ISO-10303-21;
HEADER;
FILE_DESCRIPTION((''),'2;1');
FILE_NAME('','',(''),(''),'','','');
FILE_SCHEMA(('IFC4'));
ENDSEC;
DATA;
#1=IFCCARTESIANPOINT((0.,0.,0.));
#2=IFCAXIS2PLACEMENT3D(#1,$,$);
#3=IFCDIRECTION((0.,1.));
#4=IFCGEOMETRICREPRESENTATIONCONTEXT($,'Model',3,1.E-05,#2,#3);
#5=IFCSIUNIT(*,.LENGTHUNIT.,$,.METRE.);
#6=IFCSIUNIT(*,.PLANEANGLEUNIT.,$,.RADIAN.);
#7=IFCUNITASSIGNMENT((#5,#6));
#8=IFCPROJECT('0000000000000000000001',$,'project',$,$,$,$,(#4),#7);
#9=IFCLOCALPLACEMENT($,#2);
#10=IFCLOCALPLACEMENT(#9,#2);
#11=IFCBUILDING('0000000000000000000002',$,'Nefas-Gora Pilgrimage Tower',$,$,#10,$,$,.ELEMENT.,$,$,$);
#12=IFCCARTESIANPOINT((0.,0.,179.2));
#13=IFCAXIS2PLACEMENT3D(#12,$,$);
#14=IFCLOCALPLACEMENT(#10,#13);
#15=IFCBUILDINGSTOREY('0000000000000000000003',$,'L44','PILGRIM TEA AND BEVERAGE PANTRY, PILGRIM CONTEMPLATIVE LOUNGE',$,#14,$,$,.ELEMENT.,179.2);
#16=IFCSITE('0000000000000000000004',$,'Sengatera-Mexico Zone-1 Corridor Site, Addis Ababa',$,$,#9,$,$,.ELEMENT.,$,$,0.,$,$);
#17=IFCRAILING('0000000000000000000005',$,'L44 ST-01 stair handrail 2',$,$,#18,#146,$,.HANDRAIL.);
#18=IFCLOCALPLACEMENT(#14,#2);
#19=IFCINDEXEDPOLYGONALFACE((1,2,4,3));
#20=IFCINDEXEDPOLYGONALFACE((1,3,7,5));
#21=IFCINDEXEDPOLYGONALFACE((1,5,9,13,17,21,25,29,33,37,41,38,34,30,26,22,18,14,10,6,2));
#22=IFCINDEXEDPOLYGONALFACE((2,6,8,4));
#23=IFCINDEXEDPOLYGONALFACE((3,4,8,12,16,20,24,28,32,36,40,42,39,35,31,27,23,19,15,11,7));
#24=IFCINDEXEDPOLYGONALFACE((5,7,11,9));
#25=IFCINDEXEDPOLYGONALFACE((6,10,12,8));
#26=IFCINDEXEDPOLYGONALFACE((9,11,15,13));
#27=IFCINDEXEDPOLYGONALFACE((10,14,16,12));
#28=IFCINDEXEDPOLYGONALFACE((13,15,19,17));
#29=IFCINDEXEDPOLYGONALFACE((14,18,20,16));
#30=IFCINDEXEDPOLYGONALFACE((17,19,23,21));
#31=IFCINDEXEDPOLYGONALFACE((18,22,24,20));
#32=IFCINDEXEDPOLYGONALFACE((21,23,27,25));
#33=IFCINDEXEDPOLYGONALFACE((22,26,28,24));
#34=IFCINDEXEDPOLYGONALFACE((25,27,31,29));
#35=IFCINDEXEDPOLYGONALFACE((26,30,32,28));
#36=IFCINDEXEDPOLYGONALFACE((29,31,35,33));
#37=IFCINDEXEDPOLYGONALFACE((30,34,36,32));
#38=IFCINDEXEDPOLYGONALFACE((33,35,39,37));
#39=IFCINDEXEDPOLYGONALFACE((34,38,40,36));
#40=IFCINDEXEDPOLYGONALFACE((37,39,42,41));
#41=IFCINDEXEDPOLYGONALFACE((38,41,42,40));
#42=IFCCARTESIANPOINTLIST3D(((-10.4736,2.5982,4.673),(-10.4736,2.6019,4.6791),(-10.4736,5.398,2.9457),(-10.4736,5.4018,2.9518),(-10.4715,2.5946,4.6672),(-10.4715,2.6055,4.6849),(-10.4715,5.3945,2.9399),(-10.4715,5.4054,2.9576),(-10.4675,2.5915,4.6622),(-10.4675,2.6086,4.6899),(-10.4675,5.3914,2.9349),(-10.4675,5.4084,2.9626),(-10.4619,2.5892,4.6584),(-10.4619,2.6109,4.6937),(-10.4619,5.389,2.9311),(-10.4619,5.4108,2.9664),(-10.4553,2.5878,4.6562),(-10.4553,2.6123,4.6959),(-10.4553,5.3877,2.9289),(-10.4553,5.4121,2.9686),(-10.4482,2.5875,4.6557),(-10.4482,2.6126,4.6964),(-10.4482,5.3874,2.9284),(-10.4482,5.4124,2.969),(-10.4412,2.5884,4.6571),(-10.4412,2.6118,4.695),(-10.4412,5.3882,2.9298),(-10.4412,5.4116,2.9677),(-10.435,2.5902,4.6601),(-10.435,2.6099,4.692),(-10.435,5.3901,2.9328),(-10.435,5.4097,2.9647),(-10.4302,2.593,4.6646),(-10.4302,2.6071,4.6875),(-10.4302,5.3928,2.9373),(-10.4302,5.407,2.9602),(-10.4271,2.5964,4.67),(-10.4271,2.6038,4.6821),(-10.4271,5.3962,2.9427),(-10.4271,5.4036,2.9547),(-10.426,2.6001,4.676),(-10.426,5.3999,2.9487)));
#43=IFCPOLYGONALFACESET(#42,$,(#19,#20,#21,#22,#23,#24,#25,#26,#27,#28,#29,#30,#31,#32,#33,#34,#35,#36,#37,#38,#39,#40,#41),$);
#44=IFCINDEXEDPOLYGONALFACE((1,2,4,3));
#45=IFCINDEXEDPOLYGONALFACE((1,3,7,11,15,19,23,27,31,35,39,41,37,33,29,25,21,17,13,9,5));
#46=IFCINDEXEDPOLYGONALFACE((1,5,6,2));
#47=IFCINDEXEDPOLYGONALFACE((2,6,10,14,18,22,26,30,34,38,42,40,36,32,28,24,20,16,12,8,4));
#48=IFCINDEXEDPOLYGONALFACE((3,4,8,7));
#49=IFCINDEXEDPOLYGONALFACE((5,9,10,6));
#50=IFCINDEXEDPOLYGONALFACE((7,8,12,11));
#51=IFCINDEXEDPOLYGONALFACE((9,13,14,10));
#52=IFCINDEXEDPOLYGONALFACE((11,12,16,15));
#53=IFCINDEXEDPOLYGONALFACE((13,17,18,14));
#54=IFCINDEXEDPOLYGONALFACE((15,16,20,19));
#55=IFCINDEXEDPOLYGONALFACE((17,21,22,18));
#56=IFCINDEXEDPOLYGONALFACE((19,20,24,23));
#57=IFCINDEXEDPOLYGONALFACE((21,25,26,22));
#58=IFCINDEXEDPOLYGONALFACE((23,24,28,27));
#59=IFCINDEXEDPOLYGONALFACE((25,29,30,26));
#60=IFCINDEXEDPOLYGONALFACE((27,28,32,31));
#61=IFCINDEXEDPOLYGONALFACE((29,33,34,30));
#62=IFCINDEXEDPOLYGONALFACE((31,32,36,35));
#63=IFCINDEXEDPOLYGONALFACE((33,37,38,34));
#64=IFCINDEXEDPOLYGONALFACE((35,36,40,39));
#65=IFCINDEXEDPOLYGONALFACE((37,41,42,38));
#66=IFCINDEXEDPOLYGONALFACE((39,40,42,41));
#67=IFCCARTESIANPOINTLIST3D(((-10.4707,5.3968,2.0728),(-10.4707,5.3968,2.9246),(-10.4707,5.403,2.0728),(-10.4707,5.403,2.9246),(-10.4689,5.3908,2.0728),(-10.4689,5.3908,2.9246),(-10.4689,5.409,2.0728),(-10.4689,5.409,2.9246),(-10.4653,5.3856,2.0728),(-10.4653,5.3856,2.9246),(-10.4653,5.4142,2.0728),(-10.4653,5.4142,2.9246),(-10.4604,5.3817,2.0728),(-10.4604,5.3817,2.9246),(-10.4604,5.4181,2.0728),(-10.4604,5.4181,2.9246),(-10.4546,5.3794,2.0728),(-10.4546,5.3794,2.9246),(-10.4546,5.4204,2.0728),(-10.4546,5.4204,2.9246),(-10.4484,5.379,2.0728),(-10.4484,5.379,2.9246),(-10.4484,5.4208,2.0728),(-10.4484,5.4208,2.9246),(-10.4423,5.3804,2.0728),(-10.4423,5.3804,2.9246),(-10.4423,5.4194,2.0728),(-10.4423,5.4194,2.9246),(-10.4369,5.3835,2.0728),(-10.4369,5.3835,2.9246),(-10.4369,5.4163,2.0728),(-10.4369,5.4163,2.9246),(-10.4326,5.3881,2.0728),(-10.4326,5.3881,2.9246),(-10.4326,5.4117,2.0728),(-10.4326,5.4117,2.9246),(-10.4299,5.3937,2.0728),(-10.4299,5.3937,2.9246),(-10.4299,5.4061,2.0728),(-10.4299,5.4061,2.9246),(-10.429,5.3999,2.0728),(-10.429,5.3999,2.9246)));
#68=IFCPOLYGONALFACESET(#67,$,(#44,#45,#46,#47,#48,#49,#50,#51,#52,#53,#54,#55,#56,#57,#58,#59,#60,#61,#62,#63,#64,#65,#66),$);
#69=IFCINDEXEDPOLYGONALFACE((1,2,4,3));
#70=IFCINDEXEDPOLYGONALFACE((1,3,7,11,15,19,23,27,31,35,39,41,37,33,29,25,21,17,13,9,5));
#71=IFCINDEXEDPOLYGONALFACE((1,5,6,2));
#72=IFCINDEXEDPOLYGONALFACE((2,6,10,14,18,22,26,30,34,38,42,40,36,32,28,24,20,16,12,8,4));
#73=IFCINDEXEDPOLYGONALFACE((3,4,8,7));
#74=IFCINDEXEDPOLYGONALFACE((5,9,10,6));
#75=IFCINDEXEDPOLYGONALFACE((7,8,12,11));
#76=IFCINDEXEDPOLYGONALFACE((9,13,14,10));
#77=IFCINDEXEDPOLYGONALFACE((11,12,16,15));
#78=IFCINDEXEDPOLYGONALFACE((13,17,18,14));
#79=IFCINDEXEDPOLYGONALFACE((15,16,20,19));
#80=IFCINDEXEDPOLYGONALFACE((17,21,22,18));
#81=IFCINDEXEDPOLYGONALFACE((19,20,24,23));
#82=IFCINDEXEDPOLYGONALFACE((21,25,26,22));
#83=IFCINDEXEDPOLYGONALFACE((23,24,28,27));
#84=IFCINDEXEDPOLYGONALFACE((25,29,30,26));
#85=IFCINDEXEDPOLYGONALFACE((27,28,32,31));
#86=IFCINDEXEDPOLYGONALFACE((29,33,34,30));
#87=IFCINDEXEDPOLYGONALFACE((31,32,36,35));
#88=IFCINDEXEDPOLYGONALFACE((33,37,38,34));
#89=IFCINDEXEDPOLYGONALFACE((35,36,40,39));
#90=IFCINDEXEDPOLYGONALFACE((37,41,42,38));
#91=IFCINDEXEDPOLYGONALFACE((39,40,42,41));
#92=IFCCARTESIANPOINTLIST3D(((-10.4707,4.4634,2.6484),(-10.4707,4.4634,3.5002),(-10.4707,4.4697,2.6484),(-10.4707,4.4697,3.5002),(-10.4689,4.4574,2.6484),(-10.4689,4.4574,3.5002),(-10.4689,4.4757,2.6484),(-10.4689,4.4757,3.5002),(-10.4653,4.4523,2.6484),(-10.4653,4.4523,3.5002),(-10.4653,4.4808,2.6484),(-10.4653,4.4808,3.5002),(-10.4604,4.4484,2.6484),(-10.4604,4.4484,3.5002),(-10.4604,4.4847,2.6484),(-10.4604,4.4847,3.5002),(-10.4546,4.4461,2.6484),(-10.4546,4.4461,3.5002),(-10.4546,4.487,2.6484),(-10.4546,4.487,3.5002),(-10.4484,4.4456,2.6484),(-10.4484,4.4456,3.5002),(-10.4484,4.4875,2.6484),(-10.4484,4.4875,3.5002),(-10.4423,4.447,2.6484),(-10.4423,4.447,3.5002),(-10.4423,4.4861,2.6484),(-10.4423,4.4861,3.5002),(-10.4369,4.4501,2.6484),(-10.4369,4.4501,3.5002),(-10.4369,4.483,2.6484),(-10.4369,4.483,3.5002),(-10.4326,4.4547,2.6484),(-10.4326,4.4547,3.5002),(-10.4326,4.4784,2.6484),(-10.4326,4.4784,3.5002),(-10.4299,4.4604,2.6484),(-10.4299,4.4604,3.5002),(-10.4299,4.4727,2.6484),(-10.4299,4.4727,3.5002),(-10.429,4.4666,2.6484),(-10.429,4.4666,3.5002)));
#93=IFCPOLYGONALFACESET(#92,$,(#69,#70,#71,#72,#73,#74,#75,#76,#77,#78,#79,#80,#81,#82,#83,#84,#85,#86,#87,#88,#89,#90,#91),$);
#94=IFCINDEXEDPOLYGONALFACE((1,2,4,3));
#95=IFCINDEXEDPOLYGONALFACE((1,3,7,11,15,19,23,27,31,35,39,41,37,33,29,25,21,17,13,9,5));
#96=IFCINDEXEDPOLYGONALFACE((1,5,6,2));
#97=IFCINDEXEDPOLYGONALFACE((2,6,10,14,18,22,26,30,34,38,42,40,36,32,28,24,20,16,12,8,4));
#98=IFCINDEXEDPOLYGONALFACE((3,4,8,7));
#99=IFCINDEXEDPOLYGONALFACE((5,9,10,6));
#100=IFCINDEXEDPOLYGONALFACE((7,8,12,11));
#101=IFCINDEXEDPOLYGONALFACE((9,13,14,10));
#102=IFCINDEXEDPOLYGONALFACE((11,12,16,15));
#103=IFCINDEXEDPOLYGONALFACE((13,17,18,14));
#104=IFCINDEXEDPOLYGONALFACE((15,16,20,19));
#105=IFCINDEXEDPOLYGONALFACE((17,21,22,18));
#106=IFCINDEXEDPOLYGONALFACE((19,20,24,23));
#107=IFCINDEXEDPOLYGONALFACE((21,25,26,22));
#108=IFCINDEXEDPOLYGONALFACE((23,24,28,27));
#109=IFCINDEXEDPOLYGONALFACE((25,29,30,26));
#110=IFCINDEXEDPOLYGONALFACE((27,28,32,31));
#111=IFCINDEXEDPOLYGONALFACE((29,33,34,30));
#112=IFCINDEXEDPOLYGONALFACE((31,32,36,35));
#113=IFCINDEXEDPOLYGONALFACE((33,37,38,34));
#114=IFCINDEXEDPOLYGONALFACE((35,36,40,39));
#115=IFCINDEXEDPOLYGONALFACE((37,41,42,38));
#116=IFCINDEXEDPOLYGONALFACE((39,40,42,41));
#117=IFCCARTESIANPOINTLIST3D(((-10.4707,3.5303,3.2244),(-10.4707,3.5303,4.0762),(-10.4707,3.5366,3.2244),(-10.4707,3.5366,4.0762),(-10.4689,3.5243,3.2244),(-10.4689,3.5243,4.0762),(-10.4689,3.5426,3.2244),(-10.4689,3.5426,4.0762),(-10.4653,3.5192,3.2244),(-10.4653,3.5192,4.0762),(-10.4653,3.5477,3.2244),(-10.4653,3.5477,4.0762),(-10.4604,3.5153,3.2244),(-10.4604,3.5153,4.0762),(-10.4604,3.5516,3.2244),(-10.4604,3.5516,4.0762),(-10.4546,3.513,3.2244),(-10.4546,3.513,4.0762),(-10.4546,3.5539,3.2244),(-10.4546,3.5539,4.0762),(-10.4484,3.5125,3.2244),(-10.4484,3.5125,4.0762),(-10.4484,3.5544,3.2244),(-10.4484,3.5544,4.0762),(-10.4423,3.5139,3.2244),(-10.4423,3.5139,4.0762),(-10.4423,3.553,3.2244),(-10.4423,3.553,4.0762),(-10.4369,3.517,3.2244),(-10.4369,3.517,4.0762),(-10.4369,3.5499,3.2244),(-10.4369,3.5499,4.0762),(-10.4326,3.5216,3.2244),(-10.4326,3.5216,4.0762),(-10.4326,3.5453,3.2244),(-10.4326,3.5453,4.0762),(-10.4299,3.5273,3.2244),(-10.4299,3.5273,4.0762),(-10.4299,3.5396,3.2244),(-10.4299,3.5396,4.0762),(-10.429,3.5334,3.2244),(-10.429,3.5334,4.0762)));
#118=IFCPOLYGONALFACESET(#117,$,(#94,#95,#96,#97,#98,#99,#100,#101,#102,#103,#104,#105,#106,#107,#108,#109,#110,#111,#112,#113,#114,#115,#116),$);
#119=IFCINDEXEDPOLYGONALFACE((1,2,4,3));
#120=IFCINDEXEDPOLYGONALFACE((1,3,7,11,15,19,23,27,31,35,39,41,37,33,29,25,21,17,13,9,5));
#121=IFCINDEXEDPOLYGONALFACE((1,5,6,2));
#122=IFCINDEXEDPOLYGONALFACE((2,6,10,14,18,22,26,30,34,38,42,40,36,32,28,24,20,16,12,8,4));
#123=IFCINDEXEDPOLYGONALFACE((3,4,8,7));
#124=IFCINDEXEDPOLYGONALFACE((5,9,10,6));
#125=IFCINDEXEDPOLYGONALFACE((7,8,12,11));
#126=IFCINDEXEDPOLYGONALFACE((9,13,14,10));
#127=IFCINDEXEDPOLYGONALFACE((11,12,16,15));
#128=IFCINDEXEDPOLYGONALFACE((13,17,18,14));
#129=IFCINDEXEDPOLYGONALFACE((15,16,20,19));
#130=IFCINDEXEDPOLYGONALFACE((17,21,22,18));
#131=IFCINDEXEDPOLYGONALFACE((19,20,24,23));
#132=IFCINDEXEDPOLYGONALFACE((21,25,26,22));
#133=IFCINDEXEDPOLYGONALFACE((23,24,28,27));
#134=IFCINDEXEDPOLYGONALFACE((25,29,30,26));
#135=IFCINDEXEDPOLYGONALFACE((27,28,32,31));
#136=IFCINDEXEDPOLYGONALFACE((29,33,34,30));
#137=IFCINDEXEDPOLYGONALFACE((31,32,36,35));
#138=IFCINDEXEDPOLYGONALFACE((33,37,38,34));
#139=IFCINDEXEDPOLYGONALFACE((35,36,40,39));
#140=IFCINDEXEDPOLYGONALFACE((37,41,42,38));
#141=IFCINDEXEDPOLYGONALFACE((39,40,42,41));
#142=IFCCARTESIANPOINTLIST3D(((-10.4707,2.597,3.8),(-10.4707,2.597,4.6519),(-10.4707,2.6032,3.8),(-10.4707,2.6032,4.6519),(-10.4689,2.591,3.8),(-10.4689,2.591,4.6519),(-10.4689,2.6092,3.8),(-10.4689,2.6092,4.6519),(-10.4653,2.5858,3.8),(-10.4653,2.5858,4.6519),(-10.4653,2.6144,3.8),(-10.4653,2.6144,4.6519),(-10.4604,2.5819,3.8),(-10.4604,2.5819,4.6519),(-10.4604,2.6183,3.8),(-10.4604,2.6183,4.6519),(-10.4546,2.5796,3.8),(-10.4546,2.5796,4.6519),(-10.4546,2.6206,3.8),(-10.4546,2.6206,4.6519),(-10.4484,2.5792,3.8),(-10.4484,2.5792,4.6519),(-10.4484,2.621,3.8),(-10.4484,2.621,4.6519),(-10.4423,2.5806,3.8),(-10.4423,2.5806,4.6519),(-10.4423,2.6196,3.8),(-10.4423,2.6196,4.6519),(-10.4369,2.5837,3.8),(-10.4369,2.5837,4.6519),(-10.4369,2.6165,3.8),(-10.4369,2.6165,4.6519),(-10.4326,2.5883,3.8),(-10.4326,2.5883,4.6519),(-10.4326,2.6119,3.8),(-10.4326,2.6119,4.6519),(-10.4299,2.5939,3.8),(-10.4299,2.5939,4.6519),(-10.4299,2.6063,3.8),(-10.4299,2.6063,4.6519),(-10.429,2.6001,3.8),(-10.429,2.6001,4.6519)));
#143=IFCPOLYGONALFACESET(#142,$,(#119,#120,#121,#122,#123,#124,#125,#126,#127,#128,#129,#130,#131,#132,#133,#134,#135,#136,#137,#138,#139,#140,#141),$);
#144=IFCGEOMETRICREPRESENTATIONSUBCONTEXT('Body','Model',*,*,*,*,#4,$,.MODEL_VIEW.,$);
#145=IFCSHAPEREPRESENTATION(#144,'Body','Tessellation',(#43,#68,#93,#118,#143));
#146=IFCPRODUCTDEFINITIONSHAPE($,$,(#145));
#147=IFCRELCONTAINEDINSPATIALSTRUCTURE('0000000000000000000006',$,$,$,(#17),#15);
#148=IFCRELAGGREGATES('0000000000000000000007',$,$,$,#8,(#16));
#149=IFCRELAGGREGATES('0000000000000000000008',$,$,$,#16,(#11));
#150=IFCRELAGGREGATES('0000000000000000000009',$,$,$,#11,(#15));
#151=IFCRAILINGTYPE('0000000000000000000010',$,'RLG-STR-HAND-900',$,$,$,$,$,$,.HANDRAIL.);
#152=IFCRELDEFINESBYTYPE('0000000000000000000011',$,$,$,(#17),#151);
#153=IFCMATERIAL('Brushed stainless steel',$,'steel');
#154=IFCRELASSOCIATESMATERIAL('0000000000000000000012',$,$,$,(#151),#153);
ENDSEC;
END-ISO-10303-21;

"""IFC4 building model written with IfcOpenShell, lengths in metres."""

from ifc_helpers import new_model, si_unit, direction, frame, origin, origin_2d, place, context, subcontext, project, spatial, circle, extrude, material, type_object, element, save


model = new_model("IFC4")

# Units and contexts
model_context = context("Model", 3, precision=1e-05, world=origin(), true_north=direction((0.0, 1.0)))
body_context = subcontext(model_context, "Body", "Model", "MODEL_VIEW")
ifc_project = project(units=[si_unit("LENGTHUNIT", "METRE"), si_unit("PLANEANGLEUNIT", "RADIAN")], contexts=[model_context])

# Site, building, storey
site_placement = place(None, origin())
site = spatial("IfcSite", under=ifc_project, at=site_placement, Name="Sengatera-Mexico Zone-1 Corridor Site, Addis Ababa", CompositionType="ELEMENT", RefElevation=0.0)
building_placement = place(site_placement, origin())
building = spatial("IfcBuilding", under=site, at=building_placement, Name="Nefas-Gora Pilgrimage Tower", CompositionType="ELEMENT")
storey_placement = place(building_placement, frame((0.0, 0.0, 179.2)))
storey = spatial("IfcBuildingStorey", under=building, at=storey_placement, Name="L44", Description="PILGRIM TEA AND BEVERAGE PANTRY, PILGRIM CONTEMPLATIVE LOUNGE", CompositionType="ELEMENT", Elevation=179.2)

# Railing
ifc_material_1 = material(Name="Brushed stainless steel", Category="steel")
railing_type_1 = type_object("IfcRailingType", Name="RLG-STR-HAND-900", PredefinedType="HANDRAIL", material=ifc_material_1)
railing_1_placement = place(storey_placement, frame((-10.45, 5.3999, 2.0728)))
element("IfcRailing", 1, at=railing_1_placement, inside=storey, type_object=railing_type_1, Name="L44 ST-01 stair handrail 2", PredefinedType="HANDRAIL", context=body_context, shape_type="SweptSolid", body=[
    extrude(circle(Radius=0.0239, at=origin_2d()), frame((0.0, 0.0, 0.876), z_axis=(0.0, -0.851069, 0.525054), x_axis=(1.0, 0.0, 0.0)), (0.0, 0.0, 1.0), 3.2898),
    extrude(circle(Radius=0.021, at=origin_2d()), origin(), (0.0, 0.0, 1.0), 0.8518),
    extrude(circle(Radius=0.021, at=origin_2d()), frame((0.0, -0.9333, 0.5757)), (0.0, 0.0, 1.0), 0.8518),
    extrude(circle(Radius=0.021, at=origin_2d()), frame((0.0, -1.8665, 1.1516)), (0.0, 0.0, 1.0), 0.8518),
    extrude(circle(Radius=0.021, at=origin_2d()), frame((0.0, -2.7998, 1.7273)), (0.0, 0.0, 1.0), 0.8518),
])

save(model, "model.ifc")
